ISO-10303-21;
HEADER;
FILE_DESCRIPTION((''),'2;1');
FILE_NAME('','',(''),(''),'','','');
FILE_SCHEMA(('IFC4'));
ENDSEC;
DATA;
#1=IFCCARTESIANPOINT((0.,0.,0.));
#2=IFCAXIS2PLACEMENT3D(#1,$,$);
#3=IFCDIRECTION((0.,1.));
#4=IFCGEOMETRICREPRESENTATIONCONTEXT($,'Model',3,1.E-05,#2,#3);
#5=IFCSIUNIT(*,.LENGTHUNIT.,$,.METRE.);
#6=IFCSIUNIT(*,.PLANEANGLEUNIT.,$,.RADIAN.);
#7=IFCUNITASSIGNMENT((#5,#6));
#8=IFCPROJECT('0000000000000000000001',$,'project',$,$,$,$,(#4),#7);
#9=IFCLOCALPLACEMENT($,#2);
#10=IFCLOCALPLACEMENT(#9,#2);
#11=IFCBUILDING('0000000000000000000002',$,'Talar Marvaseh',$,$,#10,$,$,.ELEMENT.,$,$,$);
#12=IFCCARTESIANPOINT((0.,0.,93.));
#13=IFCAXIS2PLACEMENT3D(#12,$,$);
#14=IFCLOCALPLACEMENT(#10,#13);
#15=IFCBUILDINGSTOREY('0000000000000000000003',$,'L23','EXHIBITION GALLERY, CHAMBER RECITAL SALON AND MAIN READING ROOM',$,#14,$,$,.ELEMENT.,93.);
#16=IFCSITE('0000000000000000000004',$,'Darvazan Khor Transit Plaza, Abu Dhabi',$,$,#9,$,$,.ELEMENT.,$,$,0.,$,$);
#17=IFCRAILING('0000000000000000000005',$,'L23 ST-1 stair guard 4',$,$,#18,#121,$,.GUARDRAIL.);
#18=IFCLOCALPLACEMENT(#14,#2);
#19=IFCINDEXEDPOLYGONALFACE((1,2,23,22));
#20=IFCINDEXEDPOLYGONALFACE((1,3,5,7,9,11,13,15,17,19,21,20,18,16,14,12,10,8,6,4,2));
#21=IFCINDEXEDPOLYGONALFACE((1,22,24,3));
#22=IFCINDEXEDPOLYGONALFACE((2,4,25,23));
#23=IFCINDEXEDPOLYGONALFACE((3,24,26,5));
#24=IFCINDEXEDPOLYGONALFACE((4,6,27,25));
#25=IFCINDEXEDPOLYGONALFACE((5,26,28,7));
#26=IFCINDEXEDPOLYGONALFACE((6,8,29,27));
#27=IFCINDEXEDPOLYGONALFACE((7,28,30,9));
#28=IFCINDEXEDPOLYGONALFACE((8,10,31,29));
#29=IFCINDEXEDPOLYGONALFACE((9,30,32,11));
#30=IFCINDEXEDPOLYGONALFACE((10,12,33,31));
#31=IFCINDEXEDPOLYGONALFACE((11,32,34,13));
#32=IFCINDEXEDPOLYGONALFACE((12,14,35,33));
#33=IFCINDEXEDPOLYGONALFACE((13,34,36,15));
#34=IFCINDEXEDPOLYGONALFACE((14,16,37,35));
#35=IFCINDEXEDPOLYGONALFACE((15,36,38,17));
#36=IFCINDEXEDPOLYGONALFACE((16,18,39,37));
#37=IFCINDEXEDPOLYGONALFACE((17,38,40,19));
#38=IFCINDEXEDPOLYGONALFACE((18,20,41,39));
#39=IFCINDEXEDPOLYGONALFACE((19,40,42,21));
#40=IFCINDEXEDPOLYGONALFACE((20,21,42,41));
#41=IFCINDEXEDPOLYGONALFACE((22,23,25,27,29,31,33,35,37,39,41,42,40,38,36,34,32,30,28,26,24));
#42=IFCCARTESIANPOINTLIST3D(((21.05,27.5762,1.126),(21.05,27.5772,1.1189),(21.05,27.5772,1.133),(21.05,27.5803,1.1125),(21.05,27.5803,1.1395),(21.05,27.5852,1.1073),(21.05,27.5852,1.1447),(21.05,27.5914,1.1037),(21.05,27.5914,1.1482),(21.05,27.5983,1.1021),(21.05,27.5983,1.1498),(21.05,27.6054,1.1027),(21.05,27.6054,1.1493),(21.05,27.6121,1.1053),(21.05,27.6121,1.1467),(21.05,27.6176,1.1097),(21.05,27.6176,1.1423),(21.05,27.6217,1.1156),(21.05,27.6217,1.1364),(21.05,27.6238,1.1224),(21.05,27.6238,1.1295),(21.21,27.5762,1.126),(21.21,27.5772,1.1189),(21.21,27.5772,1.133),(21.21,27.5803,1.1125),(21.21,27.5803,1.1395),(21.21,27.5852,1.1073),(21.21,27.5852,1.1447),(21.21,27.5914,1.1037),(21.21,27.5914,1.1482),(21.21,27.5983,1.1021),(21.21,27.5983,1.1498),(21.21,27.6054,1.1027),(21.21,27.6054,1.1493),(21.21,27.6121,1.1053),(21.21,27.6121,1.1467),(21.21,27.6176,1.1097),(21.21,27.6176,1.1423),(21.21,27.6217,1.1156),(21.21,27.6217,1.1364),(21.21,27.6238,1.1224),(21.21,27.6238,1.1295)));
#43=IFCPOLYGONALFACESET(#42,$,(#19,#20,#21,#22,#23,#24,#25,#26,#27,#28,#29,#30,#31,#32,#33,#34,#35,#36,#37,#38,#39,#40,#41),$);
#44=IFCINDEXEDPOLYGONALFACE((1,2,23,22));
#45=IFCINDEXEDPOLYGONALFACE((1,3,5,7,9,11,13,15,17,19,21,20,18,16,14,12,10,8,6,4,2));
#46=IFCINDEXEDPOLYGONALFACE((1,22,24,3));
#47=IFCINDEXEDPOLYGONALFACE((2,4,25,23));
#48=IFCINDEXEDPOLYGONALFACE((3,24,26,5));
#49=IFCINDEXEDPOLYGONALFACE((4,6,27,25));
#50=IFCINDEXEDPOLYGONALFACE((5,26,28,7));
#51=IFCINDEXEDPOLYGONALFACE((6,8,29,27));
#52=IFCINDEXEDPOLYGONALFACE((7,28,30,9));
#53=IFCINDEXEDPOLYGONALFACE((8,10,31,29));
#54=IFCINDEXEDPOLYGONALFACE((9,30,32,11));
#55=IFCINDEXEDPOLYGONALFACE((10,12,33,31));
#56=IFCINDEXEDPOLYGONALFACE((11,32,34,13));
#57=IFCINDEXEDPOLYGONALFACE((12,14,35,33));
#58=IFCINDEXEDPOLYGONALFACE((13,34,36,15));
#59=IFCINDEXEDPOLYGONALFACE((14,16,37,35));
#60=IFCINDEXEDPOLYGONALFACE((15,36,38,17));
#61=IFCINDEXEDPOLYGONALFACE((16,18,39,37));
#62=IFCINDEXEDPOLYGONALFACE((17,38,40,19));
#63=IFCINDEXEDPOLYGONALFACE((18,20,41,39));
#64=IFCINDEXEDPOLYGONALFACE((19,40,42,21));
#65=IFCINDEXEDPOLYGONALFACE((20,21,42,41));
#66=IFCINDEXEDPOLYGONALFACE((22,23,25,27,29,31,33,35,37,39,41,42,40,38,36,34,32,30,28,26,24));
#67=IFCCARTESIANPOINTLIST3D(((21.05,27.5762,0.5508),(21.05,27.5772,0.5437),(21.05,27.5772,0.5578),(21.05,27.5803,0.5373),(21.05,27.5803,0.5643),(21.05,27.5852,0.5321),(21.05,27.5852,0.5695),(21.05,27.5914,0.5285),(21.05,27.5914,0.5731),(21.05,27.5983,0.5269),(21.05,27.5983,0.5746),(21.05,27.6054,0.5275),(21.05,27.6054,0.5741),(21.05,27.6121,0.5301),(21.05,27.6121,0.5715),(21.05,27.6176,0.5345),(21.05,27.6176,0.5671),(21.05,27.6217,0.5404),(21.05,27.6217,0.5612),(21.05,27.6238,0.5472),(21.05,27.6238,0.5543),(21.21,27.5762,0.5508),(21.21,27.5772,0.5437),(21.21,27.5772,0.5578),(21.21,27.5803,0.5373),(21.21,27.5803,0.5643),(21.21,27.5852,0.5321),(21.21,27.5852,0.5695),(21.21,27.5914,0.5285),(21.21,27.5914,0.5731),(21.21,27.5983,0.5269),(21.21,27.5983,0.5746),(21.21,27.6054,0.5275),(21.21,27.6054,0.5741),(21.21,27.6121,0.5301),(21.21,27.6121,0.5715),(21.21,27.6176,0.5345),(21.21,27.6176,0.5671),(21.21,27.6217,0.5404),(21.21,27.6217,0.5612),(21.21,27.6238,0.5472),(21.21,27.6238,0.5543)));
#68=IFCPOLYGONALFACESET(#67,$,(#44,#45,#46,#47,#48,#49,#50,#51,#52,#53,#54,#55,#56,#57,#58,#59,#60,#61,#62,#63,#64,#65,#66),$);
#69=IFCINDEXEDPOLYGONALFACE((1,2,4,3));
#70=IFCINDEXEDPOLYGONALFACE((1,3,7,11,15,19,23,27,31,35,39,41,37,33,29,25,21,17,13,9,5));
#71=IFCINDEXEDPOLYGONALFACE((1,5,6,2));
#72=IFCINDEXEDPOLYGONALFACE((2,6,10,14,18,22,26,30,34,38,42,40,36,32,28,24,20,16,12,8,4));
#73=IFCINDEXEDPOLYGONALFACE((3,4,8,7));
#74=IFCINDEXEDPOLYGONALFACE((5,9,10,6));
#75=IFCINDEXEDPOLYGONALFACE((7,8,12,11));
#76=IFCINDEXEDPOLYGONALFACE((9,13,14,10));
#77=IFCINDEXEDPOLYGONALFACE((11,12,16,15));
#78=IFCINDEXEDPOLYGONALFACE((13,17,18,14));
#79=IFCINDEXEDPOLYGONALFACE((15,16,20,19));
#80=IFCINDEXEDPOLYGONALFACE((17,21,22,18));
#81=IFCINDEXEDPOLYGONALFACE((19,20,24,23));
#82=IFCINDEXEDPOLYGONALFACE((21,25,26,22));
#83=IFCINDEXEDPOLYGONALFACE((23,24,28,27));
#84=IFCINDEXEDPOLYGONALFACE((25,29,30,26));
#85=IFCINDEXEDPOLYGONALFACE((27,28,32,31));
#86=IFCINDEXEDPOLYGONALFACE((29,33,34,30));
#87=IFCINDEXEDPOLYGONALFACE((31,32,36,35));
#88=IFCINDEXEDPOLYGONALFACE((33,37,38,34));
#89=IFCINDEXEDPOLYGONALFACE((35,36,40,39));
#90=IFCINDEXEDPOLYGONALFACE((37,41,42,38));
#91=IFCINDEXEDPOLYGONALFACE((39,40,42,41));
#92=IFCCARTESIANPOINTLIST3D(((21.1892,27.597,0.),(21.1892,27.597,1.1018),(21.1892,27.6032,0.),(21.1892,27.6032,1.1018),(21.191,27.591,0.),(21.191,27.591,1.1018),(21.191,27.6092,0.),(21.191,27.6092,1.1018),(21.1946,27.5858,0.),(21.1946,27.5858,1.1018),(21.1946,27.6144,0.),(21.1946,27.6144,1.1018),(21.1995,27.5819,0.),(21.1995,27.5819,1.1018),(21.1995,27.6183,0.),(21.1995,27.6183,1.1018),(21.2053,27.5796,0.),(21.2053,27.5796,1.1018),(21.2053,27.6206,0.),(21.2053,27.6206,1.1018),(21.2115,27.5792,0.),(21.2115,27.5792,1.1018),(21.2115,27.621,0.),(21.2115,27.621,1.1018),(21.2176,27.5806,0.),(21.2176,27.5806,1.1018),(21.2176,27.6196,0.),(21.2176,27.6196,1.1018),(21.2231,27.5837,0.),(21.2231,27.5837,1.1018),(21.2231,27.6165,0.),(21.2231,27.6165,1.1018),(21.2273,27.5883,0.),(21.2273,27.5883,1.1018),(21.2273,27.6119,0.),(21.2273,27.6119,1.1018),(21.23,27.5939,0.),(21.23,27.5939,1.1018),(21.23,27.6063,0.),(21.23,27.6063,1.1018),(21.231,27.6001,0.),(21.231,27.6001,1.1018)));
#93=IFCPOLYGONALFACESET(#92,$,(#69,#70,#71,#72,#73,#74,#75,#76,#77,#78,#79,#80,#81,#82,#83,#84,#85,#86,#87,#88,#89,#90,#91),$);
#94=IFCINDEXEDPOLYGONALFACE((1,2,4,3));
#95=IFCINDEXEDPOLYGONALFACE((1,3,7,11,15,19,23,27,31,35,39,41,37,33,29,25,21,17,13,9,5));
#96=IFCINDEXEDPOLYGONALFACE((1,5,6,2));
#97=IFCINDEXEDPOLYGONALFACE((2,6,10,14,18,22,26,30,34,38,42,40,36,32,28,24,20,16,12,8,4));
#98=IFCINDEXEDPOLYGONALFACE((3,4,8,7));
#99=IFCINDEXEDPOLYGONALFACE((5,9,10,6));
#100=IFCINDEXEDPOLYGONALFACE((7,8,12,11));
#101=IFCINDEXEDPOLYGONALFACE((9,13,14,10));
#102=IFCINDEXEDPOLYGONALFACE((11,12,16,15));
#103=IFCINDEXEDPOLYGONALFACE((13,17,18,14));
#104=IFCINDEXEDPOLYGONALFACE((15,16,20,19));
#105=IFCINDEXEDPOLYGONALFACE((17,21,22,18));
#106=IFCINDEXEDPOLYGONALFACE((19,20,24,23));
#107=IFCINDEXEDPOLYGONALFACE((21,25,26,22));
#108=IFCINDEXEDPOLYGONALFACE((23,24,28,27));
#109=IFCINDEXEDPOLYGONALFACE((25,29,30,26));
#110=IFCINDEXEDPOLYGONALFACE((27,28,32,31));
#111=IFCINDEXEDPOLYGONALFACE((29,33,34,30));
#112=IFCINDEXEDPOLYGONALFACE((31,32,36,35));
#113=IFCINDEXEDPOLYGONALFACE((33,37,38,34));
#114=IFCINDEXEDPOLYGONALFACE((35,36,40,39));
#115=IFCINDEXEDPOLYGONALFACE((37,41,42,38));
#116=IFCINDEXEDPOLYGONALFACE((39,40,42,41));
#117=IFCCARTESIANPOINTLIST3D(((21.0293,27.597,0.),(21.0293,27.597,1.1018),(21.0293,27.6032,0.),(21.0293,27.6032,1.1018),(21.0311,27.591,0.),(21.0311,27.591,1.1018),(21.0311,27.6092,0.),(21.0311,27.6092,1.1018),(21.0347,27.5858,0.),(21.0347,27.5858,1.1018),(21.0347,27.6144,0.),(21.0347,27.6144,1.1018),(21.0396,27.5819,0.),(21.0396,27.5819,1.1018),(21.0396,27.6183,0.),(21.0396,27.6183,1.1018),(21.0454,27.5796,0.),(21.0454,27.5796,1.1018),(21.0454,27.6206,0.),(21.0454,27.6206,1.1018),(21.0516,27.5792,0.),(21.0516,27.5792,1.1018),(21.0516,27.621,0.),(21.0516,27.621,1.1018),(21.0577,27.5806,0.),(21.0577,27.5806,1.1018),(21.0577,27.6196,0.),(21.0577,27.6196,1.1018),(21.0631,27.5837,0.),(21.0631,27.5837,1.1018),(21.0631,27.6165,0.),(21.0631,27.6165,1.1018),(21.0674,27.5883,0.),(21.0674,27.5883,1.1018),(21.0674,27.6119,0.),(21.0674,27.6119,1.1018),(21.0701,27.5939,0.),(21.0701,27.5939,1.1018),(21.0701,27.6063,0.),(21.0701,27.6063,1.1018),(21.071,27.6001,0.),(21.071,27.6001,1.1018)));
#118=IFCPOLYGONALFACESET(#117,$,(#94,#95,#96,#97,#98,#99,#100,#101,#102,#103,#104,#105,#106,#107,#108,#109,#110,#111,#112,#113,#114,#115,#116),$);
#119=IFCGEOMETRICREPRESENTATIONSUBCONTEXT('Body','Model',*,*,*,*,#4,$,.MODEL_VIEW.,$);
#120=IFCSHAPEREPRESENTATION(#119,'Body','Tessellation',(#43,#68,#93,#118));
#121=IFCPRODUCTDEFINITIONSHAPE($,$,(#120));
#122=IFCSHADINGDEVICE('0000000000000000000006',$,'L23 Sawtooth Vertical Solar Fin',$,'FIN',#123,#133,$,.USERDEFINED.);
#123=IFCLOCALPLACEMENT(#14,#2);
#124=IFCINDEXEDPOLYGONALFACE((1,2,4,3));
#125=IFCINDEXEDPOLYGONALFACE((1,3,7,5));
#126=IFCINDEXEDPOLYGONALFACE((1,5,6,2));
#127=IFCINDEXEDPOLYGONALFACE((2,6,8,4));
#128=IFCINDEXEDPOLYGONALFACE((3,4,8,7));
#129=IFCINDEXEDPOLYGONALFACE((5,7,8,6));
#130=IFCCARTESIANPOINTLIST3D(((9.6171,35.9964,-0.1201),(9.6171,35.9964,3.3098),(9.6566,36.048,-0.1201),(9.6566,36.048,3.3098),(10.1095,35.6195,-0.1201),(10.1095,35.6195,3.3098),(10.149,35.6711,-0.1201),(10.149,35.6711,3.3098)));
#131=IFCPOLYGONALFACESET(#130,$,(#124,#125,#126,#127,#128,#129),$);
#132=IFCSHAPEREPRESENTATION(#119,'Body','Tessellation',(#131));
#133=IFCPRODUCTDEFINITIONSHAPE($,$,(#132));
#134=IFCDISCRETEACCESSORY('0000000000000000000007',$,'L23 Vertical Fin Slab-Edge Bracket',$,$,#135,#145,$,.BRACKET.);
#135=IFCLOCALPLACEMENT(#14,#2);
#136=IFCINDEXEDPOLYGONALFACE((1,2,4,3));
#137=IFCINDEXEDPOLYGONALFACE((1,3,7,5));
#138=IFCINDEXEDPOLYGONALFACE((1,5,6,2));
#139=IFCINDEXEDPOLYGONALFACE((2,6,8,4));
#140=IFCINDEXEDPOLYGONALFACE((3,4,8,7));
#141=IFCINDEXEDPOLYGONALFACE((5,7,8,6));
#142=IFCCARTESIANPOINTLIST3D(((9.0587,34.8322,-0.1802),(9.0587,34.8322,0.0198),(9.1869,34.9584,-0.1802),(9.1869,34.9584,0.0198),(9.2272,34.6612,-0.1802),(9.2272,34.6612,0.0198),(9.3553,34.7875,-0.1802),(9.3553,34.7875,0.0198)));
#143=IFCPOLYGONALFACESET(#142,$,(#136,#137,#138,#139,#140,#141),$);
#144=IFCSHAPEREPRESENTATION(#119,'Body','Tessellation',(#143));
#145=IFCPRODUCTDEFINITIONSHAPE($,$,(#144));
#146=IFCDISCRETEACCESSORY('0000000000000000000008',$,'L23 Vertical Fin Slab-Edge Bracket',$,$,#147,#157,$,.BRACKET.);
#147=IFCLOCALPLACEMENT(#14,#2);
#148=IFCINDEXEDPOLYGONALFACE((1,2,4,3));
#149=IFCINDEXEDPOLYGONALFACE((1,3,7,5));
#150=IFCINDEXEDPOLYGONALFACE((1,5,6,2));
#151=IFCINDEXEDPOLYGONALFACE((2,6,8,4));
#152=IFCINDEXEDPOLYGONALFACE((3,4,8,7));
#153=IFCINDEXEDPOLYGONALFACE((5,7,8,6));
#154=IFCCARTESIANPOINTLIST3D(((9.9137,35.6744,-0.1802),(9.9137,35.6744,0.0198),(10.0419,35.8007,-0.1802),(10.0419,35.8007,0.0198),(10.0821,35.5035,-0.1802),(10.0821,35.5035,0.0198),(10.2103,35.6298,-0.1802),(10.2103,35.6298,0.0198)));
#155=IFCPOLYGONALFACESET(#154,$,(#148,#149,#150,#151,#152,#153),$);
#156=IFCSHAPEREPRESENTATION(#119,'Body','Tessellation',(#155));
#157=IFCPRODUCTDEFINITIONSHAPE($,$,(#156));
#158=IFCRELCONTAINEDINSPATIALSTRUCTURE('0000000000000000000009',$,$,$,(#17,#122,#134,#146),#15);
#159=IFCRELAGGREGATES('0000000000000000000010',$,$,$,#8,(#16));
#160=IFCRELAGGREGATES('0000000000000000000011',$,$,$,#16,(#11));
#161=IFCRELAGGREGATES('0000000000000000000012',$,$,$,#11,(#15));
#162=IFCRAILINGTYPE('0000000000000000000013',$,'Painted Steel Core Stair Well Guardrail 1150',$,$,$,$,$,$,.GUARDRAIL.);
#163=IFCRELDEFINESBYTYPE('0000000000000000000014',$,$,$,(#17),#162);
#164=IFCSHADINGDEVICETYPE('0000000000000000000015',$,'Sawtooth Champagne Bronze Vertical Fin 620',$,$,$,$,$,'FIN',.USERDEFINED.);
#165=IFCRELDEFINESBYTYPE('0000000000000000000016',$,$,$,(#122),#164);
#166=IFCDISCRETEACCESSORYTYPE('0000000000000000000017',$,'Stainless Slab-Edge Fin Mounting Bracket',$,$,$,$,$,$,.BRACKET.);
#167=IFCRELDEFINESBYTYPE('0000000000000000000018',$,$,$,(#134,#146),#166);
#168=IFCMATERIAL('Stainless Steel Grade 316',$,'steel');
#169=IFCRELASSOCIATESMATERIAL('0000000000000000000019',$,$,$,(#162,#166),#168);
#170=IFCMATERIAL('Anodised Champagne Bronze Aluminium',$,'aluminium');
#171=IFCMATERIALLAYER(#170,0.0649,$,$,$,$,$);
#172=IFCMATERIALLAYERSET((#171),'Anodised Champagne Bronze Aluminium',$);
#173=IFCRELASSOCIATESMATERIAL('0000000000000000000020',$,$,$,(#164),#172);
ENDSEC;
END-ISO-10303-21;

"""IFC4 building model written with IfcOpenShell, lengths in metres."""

from ifc_helpers import new_model, si_unit, direction, frame, origin, origin_2d, place, context, subcontext, project, spatial, rectangle, circle, extrude, source, transform, mapped, material, layer, layer_set, type_object, type_shapes, element, save


model = new_model("IFC4")

# Units and contexts
model_context = context("Model", 3, precision=1e-05, world=origin(), true_north=direction((0.0, 1.0)))
body_context = subcontext(model_context, "Body", "Model", "MODEL_VIEW")
ifc_project = project(units=[si_unit("LENGTHUNIT", "METRE"), si_unit("PLANEANGLEUNIT", "RADIAN")], contexts=[model_context])

# Site, building, storey
site_placement = place(None, origin())
site = spatial("IfcSite", under=ifc_project, at=site_placement, Name="Darvazan Khor Transit Plaza, Abu Dhabi", CompositionType="ELEMENT", RefElevation=0.0)
building_placement = place(site_placement, origin())
building = spatial("IfcBuilding", under=site, at=building_placement, Name="Talar Marvaseh", CompositionType="ELEMENT")
storey_placement = place(building_placement, frame((0.0, 0.0, 93.0)))
storey = spatial("IfcBuildingStorey", under=building, at=storey_placement, Name="L23", Description="EXHIBITION GALLERY, CHAMBER RECITAL SALON AND MAIN READING ROOM", CompositionType="ELEMENT", Elevation=93.0)

# Railing
ifc_material_1 = material(Name="Stainless Steel Grade 316", Category="steel")
railing_type_1 = type_object("IfcRailingType", Name="Painted Steel Core Stair Well Guardrail 1150", PredefinedType="GUARDRAIL", material=ifc_material_1)
railing_1_placement = place(storey_placement, frame((21.21, 27.6001, 0.0)))
element("IfcRailing", 1, at=railing_1_placement, inside=storey, type_object=railing_type_1, Name="L23 ST-1 stair guard 4", PredefinedType="GUARDRAIL", context=body_context, shape_type="SweptSolid", body=[
    extrude(circle(Radius=0.0239, at=origin_2d()), frame((0.0, 0.0, 1.126), z_axis=(-1.0, 0.0, 0.0), x_axis=(0.0, -1.0, 0.0)), (0.0, 0.0, 1.0), 0.1599),
    extrude(circle(Radius=0.0239, at=origin_2d()), frame((0.0, 0.0, 0.5508), z_axis=(-1.0, 0.0, 0.0), x_axis=(0.0, -1.0, 0.0)), (0.0, 0.0, 1.0), 0.1599),
    extrude(circle(Radius=0.021, at=origin_2d()), origin(), (0.0, 0.0, 1.0), 1.1018),
    extrude(circle(Radius=0.021, at=origin_2d()), frame((-0.1599, 0.0, 0.0)), (0.0, 0.0, 1.0), 1.1018),
])

# Shading device
ifc_material_2 = material(Name="Anodised Champagne Bronze Aluminium", Category="aluminium")
ifc_layer_1 = layer(ifc_material_2, 0.0649)
ifc_layer_set_1 = layer_set([ifc_layer_1], Name="Anodised Champagne Bronze Aluminium")
shading_device_type = type_object("IfcShadingDeviceType", Name="Sawtooth Champagne Bronze Vertical Fin 620", ElementType="FIN", PredefinedType="USERDEFINED", material=ifc_layer_set_1)
shared_shape_1 = source(origin(), body_context, "Body", "SweptSolid", [
    extrude(rectangle(XDim=0.6201, YDim=0.0649, at=origin_2d()), origin(), (0.0, 0.0, 1.0), 3.4299),
])
type_shapes(shading_device_type, [shared_shape_1])
shading_device_placement = place(storey_placement, frame((9.8831, 35.8337, -0.1201), z_axis=(0.0, 0.0, 1.0), x_axis=(-0.794096, 0.607792, 0.0)))
element("IfcShadingDevice", 2, at=shading_device_placement, inside=storey, type_object=shading_device_type, Name="L23 Sawtooth Vertical Solar Fin", ObjectType="FIN", PredefinedType="USERDEFINED", context=body_context, shape_type="MappedRepresentation", body=[
    mapped(shared_shape_1, transform((0.0, 0.0, 0.0), x_axis=(1.0, 0.0, 0.0), y_axis=(0.0, 1.0, 0.0), z_axis=(0.0, 0.0, 1.0), scale=1.0)),
])

# Discrete accessories
discrete_accessory_type = type_object("IfcDiscreteAccessoryType", Name="Stainless Slab-Edge Fin Mounting Bracket", PredefinedType="BRACKET", material=ifc_material_1)
shared_shape_2 = source(origin(), body_context, "Body", "SweptSolid", [
    extrude(rectangle(XDim=0.24, YDim=0.1799, at=origin_2d()), origin(), (0.0, 0.0, 1.0), 0.2),
])
type_shapes(discrete_accessory_type, [shared_shape_2])
for number, where, z_axis, x_axis, name in (
    (3, (9.207, 34.8098, -0.1802), (0.0, 0.0, 1.0), (-0.70178, 0.712394, 0.0), "L23 Vertical Fin Slab-Edge Bracket"),
    (4, (10.062, 35.6521, -0.1802), (0.0, 0.0, 1.0), (-0.70178, 0.712394, 0.0), "L23 Vertical Fin Slab-Edge Bracket"),
):
    element("IfcDiscreteAccessory", number, at=place(storey_placement, frame(where, z_axis=z_axis, x_axis=x_axis)), inside=storey, type_object=discrete_accessory_type, Name=name, PredefinedType="BRACKET", context=body_context, shape_type="MappedRepresentation", body=[
        mapped(shared_shape_2, transform((0.0, 0.0, 0.0), x_axis=(1.0, 0.0, 0.0), y_axis=(0.0, 1.0, 0.0), z_axis=(0.0, 0.0, 1.0), scale=1.0)),
    ])

save(model, "model.ifc")
